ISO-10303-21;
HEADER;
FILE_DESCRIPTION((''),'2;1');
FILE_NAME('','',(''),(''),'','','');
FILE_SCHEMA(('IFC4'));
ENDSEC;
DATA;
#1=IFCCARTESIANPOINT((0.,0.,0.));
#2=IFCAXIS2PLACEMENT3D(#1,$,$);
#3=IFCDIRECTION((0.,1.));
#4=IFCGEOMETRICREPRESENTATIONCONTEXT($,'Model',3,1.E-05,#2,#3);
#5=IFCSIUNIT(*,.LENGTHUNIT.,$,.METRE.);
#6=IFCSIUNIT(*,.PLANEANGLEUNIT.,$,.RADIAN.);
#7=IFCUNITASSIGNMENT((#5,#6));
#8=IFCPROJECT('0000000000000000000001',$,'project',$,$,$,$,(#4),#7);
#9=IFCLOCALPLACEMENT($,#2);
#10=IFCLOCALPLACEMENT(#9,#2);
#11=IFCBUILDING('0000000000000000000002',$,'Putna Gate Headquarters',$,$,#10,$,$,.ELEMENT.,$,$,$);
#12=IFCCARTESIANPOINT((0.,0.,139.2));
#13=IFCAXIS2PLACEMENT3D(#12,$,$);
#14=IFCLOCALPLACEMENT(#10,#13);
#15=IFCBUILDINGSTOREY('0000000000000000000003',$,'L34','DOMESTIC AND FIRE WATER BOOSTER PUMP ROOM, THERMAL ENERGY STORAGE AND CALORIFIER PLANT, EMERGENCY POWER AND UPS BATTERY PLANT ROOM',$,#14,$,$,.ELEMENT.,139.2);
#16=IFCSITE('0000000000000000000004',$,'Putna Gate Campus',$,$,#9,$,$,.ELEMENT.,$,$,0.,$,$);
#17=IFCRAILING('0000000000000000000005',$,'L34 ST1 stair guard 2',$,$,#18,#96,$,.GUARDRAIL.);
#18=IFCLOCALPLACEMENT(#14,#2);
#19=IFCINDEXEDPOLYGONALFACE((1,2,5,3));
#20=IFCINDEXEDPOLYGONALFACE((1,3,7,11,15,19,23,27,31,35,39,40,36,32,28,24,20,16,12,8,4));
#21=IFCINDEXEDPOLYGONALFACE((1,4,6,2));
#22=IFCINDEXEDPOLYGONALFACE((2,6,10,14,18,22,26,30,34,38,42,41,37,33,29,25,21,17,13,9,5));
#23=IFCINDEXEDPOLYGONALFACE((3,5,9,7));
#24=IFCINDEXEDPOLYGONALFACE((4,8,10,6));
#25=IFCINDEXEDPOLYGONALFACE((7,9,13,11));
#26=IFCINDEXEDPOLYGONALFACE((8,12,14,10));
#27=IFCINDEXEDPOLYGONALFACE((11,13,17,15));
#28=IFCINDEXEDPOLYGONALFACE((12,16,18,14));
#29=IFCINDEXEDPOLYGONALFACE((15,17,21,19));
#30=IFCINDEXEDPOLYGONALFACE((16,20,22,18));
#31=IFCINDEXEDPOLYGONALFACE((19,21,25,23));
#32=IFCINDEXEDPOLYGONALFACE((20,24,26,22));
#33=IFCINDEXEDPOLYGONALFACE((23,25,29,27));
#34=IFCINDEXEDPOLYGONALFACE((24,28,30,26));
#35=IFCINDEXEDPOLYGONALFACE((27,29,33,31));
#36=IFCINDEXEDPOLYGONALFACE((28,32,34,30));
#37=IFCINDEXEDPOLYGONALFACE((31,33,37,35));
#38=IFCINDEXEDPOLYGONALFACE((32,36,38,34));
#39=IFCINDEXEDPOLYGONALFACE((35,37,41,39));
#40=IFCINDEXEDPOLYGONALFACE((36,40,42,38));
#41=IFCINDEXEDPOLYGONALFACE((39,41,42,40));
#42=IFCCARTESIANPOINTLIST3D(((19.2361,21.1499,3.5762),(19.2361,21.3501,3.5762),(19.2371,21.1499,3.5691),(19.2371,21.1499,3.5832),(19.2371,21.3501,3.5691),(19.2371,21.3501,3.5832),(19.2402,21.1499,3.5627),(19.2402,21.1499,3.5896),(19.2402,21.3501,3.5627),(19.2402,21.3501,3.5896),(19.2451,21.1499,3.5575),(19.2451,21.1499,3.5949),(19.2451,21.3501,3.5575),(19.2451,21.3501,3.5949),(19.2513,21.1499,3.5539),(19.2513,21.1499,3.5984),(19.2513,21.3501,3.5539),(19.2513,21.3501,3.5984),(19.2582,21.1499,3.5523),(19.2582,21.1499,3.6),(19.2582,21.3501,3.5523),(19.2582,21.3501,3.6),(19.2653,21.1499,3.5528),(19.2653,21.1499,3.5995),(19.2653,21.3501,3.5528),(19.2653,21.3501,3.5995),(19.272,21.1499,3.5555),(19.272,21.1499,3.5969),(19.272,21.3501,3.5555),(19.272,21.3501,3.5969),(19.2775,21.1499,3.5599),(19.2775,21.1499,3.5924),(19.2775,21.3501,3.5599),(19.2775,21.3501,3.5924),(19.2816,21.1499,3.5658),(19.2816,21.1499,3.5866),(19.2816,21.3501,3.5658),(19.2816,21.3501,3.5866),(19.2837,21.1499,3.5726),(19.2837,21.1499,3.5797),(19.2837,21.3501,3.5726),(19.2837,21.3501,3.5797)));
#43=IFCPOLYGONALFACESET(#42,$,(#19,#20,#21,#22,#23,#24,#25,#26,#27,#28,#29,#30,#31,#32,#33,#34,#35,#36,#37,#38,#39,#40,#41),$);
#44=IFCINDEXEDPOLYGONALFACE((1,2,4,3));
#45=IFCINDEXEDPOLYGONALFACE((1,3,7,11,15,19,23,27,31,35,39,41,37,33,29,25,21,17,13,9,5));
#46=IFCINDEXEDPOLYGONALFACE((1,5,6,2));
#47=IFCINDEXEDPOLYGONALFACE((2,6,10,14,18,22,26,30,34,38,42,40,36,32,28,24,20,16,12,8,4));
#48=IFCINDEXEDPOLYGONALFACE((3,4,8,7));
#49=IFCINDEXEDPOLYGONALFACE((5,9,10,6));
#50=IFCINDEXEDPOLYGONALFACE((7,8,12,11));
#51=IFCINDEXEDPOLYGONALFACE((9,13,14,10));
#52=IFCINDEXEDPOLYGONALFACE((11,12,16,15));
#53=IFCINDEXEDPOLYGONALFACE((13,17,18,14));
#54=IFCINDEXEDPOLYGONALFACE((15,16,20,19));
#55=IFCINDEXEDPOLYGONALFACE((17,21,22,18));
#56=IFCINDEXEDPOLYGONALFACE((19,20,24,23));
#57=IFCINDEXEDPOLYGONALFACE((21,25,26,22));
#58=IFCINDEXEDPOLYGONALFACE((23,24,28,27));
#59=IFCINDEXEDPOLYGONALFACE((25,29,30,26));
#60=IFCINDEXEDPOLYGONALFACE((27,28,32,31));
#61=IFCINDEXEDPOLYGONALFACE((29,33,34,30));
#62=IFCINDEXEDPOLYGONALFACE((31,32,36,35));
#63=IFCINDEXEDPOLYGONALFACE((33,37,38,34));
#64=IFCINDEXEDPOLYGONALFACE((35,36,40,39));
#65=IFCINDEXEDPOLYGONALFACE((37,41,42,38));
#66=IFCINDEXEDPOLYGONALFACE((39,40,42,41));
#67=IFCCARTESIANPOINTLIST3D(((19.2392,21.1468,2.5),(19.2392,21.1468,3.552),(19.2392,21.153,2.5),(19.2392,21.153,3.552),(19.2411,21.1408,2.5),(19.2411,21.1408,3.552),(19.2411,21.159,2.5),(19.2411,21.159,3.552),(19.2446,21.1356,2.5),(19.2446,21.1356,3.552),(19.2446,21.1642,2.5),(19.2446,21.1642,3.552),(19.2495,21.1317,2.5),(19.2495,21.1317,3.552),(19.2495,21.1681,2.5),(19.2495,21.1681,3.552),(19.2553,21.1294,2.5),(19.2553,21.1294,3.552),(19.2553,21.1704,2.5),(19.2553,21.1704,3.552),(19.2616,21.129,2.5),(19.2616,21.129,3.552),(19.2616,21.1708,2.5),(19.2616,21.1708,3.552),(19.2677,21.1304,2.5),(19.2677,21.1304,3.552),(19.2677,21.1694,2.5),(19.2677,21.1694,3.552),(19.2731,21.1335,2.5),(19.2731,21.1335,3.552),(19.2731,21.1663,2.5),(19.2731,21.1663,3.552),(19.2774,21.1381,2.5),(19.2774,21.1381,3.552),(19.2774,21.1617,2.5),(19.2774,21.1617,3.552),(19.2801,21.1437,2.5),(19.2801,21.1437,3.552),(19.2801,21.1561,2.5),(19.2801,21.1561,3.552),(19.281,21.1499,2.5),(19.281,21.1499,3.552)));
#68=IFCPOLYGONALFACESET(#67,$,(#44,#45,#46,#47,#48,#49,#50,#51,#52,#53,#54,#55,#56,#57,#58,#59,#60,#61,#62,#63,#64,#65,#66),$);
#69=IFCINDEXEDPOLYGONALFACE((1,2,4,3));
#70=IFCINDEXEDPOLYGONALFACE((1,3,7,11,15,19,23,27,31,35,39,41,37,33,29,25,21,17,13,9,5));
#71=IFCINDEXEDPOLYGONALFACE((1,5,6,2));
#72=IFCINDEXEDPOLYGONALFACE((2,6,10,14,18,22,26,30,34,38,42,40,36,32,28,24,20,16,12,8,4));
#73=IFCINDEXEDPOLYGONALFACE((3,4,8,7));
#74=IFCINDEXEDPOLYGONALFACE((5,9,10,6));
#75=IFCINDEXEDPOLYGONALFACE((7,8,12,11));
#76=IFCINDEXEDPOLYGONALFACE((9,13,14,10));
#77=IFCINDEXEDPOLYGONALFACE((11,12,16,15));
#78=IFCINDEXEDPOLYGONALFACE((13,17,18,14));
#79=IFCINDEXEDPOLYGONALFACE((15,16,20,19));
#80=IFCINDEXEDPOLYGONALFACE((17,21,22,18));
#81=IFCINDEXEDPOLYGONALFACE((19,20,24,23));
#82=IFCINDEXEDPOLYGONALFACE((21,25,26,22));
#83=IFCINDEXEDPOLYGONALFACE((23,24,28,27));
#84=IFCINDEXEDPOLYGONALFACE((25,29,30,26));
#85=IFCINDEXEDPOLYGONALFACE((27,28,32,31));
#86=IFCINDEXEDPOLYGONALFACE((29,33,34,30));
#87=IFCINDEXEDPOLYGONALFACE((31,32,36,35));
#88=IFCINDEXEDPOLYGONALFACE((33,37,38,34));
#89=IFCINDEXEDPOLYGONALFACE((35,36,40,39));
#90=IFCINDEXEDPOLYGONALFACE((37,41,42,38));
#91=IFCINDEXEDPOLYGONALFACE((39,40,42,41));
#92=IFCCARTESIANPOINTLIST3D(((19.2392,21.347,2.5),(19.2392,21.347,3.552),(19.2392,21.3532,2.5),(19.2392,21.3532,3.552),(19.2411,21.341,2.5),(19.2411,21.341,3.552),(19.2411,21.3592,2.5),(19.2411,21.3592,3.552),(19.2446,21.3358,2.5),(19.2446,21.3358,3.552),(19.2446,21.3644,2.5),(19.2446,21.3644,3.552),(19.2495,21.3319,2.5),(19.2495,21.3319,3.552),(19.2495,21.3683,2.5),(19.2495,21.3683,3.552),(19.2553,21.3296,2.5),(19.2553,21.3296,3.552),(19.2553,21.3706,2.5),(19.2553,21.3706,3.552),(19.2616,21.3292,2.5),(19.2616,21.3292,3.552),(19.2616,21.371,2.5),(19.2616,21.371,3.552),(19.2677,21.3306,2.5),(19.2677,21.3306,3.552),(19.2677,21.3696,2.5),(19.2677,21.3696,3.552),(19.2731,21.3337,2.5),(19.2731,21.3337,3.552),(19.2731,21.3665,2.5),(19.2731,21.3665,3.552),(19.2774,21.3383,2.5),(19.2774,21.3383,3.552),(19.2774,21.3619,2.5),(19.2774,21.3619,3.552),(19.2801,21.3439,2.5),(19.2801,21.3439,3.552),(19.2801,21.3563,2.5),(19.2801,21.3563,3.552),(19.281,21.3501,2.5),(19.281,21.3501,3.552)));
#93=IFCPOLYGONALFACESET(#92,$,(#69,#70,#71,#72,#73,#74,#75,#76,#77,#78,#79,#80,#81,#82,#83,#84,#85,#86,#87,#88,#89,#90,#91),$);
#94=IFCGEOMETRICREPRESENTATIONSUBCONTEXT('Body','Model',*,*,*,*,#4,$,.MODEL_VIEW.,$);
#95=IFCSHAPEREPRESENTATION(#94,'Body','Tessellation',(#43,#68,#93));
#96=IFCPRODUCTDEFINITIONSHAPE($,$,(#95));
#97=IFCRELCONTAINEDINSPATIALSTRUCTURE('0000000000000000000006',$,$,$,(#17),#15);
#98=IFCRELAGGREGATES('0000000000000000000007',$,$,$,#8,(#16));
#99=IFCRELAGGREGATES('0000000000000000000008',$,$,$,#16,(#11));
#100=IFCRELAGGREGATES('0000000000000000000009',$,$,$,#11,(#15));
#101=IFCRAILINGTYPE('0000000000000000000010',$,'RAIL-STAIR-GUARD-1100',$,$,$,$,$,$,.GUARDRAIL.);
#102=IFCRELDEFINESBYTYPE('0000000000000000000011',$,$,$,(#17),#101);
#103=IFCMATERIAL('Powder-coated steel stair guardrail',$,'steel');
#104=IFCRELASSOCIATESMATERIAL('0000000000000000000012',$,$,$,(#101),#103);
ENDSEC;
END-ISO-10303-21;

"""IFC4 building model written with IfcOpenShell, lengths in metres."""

from ifc_helpers import new_model, si_unit, direction, frame, origin, origin_2d, place, context, subcontext, project, spatial, circle, extrude, material, type_object, element, save


model = new_model("IFC4")

# Units and contexts
model_context = context("Model", 3, precision=1e-05, world=origin(), true_north=direction((0.0, 1.0)))
body_context = subcontext(model_context, "Body", "Model", "MODEL_VIEW")
ifc_project = project(units=[si_unit("LENGTHUNIT", "METRE"), si_unit("PLANEANGLEUNIT", "RADIAN")], contexts=[model_context])

# Site, building, storey
site_placement = place(None, origin())
site = spatial("IfcSite", under=ifc_project, at=site_placement, Name="Putna Gate Campus", CompositionType="ELEMENT", RefElevation=0.0)
building_placement = place(site_placement, origin())
building = spatial("IfcBuilding", under=site, at=building_placement, Name="Putna Gate Headquarters", CompositionType="ELEMENT")
storey_placement = place(building_placement, frame((0.0, 0.0, 139.2)))
storey = spatial("IfcBuildingStorey", under=building, at=storey_placement, Name="L34", Description="DOMESTIC AND FIRE WATER BOOSTER PUMP ROOM, THERMAL ENERGY STORAGE AND CALORIFIER PLANT, EMERGENCY POWER AND UPS BATTERY PLANT ROOM", CompositionType="ELEMENT", Elevation=139.2)

# Railing
ifc_material_1 = material(Name="Powder-coated steel stair guardrail", Category="steel")
railing_type_1 = type_object("IfcRailingType", Name="RAIL-STAIR-GUARD-1100", PredefinedType="GUARDRAIL", material=ifc_material_1)
railing_1_placement = place(storey_placement, frame((19.26, 21.1499, 2.5)))
element("IfcRailing", 1, at=railing_1_placement, inside=storey, type_object=railing_type_1, Name="L34 ST1 stair guard 2", PredefinedType="GUARDRAIL", context=body_context, shape_type="SweptSolid", body=[
    extrude(circle(Radius=0.0239, at=origin_2d()), frame((0.0, 0.0, 1.0762), z_axis=(0.0, 1.0, 0.0), x_axis=(-1.0, 0.0, 0.0)), (0.0, 0.0, 1.0), 0.2002),
    extrude(circle(Radius=0.021, at=origin_2d()), origin(), (0.0, 0.0, 1.0), 1.052),
    extrude(circle(Radius=0.021, at=origin_2d()), frame((0.0, 0.2002, 0.0)), (0.0, 0.0, 1.0), 1.052),
])

save(model, "model.ifc")
